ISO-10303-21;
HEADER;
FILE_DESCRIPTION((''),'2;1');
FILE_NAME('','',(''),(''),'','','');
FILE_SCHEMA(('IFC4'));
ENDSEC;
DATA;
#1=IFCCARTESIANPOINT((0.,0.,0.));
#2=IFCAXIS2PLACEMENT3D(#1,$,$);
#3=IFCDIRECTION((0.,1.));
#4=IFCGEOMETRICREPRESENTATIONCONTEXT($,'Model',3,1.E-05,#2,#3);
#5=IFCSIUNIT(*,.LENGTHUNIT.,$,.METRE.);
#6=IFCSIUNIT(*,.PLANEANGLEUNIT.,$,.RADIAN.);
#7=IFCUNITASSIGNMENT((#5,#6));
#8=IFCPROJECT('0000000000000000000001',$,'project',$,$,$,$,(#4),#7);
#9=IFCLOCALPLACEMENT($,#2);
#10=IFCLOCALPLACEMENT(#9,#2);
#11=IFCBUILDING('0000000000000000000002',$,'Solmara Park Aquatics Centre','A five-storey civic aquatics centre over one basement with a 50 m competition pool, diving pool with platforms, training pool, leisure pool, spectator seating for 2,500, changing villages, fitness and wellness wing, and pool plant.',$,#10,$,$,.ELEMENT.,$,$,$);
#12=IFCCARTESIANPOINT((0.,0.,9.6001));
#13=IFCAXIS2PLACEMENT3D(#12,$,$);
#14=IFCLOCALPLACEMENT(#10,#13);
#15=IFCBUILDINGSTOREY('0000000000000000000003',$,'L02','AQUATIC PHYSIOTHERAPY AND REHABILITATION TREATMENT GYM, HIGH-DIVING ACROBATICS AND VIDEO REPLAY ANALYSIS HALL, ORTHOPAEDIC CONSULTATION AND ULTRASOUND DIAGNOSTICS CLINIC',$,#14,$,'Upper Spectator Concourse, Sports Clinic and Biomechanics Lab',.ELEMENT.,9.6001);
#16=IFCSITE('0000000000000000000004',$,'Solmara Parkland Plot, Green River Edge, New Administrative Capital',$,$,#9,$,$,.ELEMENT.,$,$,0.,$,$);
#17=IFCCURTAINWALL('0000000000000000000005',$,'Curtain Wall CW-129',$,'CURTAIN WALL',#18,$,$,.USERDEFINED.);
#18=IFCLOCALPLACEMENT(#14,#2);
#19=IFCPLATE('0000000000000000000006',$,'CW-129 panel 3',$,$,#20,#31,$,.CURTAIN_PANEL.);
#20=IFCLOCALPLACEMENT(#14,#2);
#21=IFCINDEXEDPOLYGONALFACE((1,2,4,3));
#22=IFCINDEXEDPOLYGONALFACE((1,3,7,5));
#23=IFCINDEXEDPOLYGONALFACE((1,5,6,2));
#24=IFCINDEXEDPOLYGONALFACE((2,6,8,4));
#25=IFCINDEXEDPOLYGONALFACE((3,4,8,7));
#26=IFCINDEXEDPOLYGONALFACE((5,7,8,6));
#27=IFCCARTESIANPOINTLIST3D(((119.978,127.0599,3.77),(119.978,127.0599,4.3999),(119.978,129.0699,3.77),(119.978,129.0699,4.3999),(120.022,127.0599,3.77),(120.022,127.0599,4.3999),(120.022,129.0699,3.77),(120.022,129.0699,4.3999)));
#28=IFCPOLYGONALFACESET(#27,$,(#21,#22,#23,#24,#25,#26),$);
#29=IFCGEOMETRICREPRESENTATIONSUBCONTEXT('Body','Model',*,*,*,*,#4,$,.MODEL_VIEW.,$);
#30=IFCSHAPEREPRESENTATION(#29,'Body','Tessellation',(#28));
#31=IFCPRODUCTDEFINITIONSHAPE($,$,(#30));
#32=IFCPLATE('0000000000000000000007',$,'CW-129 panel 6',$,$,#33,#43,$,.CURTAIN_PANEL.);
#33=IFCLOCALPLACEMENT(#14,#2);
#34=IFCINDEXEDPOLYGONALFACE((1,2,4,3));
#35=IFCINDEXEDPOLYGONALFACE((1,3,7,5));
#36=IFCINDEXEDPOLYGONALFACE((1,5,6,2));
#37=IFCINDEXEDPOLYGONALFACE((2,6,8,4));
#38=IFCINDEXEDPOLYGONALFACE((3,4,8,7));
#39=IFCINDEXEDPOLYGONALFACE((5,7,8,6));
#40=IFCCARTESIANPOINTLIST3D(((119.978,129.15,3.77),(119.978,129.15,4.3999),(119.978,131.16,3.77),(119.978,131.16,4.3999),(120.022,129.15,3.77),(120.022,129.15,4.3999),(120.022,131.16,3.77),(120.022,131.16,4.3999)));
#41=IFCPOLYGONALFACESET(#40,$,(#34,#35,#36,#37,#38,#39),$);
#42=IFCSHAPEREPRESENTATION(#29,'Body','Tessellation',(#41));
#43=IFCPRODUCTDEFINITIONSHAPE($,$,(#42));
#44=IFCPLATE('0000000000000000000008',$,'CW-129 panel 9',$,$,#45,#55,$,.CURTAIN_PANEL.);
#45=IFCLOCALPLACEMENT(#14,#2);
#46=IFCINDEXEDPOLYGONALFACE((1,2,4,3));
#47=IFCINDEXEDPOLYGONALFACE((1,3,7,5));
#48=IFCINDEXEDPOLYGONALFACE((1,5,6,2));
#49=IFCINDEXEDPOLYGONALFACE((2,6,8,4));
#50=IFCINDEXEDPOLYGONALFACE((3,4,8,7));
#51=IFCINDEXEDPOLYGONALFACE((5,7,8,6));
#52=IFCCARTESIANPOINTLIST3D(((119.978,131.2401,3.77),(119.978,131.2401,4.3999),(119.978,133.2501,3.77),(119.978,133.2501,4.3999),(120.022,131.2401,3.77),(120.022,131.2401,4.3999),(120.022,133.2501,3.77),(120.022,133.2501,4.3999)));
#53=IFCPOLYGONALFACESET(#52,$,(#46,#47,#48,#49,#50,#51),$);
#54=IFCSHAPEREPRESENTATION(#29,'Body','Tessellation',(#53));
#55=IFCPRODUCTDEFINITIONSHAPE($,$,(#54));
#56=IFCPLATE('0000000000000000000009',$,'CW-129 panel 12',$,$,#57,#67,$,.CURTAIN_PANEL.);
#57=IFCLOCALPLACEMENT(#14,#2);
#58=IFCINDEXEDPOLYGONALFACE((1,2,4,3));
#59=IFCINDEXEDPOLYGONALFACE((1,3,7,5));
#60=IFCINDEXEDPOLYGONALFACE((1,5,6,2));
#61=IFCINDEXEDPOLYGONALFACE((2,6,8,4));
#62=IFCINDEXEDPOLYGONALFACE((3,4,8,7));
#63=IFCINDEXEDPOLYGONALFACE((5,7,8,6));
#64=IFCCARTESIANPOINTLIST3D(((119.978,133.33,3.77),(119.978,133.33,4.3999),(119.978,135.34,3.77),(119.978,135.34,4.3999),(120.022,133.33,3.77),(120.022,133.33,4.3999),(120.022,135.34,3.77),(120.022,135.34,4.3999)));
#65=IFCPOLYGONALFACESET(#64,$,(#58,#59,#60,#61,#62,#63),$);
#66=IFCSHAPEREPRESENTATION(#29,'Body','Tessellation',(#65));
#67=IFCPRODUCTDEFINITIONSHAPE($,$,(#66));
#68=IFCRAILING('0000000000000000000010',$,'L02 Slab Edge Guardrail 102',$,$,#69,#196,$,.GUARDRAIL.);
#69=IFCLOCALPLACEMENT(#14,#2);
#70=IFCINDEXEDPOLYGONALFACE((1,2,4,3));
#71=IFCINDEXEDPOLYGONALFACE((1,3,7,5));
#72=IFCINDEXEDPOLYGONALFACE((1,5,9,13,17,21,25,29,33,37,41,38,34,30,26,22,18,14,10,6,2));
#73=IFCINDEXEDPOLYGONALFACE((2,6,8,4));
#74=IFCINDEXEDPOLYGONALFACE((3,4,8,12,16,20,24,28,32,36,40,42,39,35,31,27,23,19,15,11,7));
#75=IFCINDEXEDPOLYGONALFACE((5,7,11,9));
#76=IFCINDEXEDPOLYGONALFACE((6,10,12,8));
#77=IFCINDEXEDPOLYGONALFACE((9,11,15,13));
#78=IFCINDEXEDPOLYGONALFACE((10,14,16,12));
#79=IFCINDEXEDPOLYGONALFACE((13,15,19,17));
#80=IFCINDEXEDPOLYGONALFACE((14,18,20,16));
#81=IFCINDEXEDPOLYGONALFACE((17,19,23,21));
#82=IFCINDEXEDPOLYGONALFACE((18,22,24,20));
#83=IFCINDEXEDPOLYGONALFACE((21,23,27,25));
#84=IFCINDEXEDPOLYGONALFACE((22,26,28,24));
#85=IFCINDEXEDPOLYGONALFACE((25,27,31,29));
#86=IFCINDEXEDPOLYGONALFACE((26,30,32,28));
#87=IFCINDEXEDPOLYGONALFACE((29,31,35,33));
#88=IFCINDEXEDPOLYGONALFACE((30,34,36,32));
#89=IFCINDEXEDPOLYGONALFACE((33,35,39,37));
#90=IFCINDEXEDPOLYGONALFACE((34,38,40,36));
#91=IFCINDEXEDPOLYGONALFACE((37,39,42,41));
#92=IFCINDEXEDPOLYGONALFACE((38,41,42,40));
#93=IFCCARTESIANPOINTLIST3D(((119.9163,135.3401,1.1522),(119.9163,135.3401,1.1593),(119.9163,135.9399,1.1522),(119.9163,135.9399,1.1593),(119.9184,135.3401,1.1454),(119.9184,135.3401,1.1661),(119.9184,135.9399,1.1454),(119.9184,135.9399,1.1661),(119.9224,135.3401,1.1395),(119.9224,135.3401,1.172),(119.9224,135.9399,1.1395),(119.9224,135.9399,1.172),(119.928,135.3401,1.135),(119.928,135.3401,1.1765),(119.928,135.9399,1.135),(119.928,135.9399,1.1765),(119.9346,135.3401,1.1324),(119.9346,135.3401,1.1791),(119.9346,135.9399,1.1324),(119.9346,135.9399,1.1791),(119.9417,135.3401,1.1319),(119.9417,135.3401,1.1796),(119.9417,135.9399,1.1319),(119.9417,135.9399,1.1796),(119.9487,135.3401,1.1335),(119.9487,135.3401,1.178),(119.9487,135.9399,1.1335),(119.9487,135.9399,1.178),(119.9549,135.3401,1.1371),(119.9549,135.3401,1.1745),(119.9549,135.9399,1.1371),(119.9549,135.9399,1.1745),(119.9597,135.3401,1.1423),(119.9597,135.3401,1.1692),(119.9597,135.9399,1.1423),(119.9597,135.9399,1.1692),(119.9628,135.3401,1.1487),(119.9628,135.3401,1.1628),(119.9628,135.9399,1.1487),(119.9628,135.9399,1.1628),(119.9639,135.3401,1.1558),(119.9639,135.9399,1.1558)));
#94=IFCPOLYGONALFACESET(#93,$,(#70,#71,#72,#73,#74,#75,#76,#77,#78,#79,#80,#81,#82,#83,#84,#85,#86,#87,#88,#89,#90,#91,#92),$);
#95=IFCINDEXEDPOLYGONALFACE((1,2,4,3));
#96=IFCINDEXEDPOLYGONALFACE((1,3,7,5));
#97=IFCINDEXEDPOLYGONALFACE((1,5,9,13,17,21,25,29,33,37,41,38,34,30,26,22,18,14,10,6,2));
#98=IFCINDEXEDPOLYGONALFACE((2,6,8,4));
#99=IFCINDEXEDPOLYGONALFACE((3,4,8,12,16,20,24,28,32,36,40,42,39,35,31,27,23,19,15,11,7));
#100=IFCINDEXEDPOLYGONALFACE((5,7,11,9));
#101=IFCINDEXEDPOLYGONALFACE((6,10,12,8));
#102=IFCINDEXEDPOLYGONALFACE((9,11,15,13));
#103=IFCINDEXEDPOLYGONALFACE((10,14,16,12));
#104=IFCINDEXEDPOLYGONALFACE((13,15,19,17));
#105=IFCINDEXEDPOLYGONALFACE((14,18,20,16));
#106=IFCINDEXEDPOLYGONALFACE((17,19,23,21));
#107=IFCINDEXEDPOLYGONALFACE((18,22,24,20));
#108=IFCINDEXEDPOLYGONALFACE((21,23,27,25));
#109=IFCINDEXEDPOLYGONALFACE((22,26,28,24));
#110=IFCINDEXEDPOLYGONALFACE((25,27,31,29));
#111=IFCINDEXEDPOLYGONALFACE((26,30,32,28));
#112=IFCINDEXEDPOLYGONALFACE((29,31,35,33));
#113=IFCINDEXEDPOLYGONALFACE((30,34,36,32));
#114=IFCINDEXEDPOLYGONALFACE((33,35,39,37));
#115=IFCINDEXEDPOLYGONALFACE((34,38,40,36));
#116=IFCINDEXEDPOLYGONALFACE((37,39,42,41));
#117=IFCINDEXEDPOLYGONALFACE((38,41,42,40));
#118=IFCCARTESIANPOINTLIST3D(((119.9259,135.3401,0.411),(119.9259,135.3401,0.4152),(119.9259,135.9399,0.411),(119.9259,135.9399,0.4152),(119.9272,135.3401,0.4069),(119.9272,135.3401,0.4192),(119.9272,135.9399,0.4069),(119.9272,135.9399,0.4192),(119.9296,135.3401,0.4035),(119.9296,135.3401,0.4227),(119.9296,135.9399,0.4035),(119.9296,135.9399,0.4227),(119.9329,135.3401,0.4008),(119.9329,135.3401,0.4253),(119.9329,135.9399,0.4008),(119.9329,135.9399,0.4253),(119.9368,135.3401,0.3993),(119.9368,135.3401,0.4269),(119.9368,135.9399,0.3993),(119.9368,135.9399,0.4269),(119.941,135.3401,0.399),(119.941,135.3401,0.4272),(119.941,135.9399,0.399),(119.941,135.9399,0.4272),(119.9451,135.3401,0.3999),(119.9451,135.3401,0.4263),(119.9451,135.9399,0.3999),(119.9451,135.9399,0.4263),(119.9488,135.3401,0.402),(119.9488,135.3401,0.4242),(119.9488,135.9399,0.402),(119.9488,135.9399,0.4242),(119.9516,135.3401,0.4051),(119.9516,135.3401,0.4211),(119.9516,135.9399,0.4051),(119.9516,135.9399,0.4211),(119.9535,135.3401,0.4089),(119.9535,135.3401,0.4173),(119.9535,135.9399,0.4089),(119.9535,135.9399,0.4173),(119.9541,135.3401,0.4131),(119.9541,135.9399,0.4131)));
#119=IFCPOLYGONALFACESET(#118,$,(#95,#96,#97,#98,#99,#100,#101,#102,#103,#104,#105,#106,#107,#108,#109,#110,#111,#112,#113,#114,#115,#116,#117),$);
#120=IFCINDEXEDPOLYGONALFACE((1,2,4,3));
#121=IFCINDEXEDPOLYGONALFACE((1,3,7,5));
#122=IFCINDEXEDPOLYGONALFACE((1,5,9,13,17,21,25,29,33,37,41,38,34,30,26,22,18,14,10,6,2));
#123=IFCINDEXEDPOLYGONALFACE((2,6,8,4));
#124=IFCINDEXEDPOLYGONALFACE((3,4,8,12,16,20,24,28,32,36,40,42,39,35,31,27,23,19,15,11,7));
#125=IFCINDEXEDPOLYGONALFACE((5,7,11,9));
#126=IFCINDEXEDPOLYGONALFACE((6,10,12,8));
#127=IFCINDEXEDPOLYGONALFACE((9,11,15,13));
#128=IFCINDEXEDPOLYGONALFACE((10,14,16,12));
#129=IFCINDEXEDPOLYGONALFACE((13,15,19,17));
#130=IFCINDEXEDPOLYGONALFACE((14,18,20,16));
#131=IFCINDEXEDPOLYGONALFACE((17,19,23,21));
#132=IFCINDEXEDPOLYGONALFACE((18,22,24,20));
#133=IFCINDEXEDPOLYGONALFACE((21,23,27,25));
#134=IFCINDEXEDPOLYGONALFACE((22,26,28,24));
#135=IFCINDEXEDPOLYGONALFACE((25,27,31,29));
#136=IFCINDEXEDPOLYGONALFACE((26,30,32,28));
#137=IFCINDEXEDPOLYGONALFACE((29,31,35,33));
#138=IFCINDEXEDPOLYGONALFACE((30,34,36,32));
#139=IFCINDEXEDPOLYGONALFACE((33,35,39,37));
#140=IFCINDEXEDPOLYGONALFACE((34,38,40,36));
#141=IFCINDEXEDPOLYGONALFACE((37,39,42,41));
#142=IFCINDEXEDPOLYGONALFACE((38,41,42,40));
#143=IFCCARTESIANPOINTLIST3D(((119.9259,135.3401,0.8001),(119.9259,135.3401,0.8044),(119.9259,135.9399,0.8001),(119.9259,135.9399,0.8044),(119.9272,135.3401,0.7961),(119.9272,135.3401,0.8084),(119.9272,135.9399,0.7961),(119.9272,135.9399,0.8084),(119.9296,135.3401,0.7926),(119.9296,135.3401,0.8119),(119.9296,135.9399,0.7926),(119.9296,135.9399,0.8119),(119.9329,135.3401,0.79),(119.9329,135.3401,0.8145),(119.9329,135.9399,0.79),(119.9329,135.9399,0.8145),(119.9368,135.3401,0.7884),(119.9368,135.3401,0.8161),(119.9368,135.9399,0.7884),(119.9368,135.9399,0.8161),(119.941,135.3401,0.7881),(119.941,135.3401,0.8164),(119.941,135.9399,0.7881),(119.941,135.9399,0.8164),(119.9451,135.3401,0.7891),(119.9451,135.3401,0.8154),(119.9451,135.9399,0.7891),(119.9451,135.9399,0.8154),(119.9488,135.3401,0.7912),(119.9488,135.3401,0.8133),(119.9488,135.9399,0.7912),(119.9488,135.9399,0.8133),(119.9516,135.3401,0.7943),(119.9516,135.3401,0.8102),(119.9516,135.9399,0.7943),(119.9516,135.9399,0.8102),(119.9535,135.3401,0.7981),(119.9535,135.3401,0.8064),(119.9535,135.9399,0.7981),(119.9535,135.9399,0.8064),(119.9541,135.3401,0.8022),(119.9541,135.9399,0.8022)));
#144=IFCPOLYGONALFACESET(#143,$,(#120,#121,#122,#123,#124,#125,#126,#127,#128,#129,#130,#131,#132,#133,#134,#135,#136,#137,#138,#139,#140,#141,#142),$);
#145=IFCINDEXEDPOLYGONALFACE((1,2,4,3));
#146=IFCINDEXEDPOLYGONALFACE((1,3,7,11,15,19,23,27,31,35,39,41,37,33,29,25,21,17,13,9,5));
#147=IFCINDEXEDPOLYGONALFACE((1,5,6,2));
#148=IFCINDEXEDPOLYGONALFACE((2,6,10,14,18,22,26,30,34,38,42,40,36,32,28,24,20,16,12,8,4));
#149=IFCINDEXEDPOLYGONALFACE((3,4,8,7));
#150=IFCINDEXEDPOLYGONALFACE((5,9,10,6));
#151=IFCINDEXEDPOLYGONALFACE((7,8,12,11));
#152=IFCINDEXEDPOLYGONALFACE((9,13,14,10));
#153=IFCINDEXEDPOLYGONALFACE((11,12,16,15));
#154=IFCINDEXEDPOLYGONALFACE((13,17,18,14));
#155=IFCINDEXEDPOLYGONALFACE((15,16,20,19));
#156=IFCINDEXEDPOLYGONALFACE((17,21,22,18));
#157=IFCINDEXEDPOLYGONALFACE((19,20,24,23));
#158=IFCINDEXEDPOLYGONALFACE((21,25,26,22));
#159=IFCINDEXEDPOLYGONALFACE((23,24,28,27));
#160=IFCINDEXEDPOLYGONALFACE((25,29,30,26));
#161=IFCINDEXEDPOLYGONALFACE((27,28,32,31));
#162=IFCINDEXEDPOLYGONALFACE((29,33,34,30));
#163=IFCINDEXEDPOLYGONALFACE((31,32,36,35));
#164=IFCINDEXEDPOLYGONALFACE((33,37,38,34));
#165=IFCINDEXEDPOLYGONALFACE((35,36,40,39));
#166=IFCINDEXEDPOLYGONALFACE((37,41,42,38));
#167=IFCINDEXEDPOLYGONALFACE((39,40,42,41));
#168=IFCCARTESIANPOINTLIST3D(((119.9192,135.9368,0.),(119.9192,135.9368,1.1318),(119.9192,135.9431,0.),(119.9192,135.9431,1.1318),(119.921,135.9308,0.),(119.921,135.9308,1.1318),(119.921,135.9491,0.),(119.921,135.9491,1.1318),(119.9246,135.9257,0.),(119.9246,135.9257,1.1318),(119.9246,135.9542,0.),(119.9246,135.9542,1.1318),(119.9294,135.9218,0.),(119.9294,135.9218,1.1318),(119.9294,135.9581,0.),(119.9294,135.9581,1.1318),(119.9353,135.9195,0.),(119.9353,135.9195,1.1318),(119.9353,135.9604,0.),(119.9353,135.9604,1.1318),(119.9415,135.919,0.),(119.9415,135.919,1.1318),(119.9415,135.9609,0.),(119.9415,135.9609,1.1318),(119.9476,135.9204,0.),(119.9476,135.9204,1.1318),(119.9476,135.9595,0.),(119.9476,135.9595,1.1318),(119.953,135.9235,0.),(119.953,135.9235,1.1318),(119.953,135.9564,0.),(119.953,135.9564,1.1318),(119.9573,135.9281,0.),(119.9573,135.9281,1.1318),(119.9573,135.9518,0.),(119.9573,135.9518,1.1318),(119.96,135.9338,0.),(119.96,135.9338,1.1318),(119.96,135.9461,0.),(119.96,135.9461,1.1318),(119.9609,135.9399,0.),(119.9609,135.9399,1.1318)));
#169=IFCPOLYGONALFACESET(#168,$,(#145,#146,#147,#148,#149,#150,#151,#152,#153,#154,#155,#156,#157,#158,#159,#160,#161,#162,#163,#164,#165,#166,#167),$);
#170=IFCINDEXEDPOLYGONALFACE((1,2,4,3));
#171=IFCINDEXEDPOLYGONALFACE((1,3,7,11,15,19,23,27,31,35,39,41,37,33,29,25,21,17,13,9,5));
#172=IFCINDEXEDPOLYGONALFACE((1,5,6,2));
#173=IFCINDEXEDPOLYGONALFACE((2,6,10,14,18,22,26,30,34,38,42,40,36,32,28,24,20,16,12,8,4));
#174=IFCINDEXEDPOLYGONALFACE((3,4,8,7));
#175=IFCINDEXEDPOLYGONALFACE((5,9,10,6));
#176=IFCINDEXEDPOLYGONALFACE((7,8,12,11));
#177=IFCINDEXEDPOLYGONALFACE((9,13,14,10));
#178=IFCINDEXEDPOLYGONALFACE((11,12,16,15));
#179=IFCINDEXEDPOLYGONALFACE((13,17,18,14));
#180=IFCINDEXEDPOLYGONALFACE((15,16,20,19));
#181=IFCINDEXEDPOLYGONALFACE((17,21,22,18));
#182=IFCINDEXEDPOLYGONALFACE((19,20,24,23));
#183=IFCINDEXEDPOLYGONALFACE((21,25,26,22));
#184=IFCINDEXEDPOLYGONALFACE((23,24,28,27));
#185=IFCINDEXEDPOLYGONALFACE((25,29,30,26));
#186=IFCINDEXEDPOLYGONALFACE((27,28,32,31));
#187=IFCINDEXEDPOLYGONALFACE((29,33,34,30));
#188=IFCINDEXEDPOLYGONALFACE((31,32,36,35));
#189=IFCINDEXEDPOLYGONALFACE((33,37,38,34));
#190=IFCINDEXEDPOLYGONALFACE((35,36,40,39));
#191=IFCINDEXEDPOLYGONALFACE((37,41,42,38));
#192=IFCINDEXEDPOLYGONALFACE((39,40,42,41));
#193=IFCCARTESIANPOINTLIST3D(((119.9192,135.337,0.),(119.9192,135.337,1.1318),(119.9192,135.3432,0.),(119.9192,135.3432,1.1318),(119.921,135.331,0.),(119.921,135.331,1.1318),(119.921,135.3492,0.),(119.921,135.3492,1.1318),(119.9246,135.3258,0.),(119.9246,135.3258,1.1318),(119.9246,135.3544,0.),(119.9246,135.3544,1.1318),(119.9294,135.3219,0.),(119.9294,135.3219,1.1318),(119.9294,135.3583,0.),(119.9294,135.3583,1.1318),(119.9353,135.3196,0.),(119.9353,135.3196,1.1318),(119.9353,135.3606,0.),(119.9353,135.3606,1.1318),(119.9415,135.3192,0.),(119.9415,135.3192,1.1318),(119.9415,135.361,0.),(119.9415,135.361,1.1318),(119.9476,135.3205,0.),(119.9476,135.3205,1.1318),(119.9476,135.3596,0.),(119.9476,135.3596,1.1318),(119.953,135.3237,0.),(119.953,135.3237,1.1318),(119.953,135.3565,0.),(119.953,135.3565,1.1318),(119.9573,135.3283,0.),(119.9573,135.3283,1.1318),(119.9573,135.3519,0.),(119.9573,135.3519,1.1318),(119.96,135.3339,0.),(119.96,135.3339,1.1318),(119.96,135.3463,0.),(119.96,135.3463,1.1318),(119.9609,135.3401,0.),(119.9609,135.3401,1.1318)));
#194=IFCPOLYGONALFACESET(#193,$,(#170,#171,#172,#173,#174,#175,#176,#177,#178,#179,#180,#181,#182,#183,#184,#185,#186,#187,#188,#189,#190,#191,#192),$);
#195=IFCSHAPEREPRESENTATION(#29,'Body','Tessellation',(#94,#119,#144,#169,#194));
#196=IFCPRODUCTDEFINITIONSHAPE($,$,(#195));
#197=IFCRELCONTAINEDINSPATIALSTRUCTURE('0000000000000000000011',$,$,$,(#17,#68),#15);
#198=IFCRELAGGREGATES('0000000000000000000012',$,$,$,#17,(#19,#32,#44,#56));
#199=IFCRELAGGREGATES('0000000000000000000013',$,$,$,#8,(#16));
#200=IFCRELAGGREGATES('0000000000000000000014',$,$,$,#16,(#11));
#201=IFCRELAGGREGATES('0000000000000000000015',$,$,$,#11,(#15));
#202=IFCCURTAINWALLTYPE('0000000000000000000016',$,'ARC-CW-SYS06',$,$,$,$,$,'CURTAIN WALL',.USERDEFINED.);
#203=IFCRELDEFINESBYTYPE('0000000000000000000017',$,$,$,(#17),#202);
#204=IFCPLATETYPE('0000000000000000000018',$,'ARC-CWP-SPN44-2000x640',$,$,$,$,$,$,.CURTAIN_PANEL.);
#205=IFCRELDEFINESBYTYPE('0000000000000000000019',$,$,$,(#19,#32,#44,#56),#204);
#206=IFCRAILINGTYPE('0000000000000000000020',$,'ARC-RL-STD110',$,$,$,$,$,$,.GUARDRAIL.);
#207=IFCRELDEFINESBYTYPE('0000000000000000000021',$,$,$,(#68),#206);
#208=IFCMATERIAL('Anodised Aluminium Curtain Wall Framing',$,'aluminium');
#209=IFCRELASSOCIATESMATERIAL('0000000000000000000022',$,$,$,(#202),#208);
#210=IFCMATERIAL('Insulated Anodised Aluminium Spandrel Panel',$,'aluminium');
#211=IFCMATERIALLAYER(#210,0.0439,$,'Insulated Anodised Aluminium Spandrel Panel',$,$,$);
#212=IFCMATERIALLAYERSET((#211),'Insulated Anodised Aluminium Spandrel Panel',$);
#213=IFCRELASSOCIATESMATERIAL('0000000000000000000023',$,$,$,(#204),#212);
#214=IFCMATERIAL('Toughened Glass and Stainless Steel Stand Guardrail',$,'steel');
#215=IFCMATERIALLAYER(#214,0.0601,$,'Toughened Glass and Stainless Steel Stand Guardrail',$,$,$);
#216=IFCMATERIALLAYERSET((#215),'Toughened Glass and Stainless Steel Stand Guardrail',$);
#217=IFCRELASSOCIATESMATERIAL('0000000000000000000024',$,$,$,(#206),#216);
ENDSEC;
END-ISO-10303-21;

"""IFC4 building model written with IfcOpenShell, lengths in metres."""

from ifc_helpers import new_model, si_unit, direction, frame, origin, origin_2d, place, context, subcontext, project, spatial, rectangle, circle, extrude, material, layer, layer_set, type_object, element, aggregate, save


model = new_model("IFC4")

# Units and contexts
model_context = context("Model", 3, precision=1e-05, world=origin(), true_north=direction((0.0, 1.0)))
body_context = subcontext(model_context, "Body", "Model", "MODEL_VIEW")
ifc_project = project(units=[si_unit("LENGTHUNIT", "METRE"), si_unit("PLANEANGLEUNIT", "RADIAN")], contexts=[model_context])

# Site, building, storey
site_placement = place(None, origin())
site = spatial("IfcSite", under=ifc_project, at=site_placement, Name="Solmara Parkland Plot, Green River Edge, New Administrative Capital", CompositionType="ELEMENT", RefElevation=0.0)
building_placement = place(site_placement, origin())
building = spatial("IfcBuilding", under=site, at=building_placement, Name="Solmara Park Aquatics Centre", Description="A five-storey civic aquatics centre over one basement with a 50 m competition pool, diving pool with platforms, training pool, leisure pool, spectator seating for 2,500, changing villages, fitness and wellness wing, and pool plant.", CompositionType="ELEMENT")
storey_placement = place(building_placement, frame((0.0, 0.0, 9.6001)))
storey = spatial("IfcBuildingStorey", under=building, at=storey_placement, Name="L02", Description="AQUATIC PHYSIOTHERAPY AND REHABILITATION TREATMENT GYM, HIGH-DIVING ACROBATICS AND VIDEO REPLAY ANALYSIS HALL, ORTHOPAEDIC CONSULTATION AND ULTRASOUND DIAGNOSTICS CLINIC", LongName="Upper Spectator Concourse, Sports Clinic and Biomechanics Lab", CompositionType="ELEMENT", Elevation=9.6001)

# Curtain wall, plates
ifc_material_1 = material(Name="Anodised Aluminium Curtain Wall Framing", Category="aluminium")
curtain_wall_type = type_object("IfcCurtainWallType", Name="ARC-CW-SYS06", ElementType="CURTAIN WALL", PredefinedType="USERDEFINED", material=ifc_material_1)
curtain_wall_placement = place(storey_placement, origin())
curtain_wall = element("IfcCurtainWall", 1, at=curtain_wall_placement, inside=storey, type_object=curtain_wall_type, Name="Curtain Wall CW-129", ObjectType="CURTAIN WALL", PredefinedType="USERDEFINED")
ifc_material_2 = material(Name="Insulated Anodised Aluminium Spandrel Panel", Category="aluminium")
ifc_layer_1 = layer(ifc_material_2, 0.0439, Name="Insulated Anodised Aluminium Spandrel Panel")
ifc_layer_set_1 = layer_set([ifc_layer_1], Name="Insulated Anodised Aluminium Spandrel Panel")
plate_type_1 = type_object("IfcPlateType", Name="ARC-CWP-SPN44-2000x640", PredefinedType="CURTAIN_PANEL", material=ifc_layer_set_1)
plate_1_placement = place(storey_placement, frame((120.0, 128.0649, 3.77), z_axis=(0.0, 0.0, 1.0), x_axis=(0.0, 1.0, 0.0)))
plate_1 = element("IfcPlate", 2, at=plate_1_placement, type_object=plate_type_1, Name="CW-129 panel 3", PredefinedType="CURTAIN_PANEL", context=body_context, shape_type="SweptSolid", body=[
    extrude(rectangle(XDim=2.01, YDim=0.0439, at=origin_2d()), origin(), (0.0, 0.0, 1.0), 0.6299),
])
plate_2_placement = place(storey_placement, frame((120.0, 130.155, 3.77), z_axis=(0.0, 0.0, 1.0), x_axis=(0.0, 1.0, 0.0)))
plate_2 = element("IfcPlate", 3, at=plate_2_placement, type_object=plate_type_1, Name="CW-129 panel 6", PredefinedType="CURTAIN_PANEL", context=body_context, shape_type="SweptSolid", body=[
    extrude(rectangle(XDim=2.01, YDim=0.0439, at=origin_2d()), origin(), (0.0, 0.0, 1.0), 0.6299),
])
plate_3_placement = place(storey_placement, frame((120.0, 132.2451, 3.77), z_axis=(0.0, 0.0, 1.0), x_axis=(0.0, 1.0, 0.0)))
plate_3 = element("IfcPlate", 4, at=plate_3_placement, type_object=plate_type_1, Name="CW-129 panel 9", PredefinedType="CURTAIN_PANEL", context=body_context, shape_type="SweptSolid", body=[
    extrude(rectangle(XDim=2.01, YDim=0.0439, at=origin_2d()), origin(), (0.0, 0.0, 1.0), 0.6299),
])
plate_4_placement = place(storey_placement, frame((120.0, 134.335, 3.77), z_axis=(0.0, 0.0, 1.0), x_axis=(0.0, 1.0, 0.0)))
plate_4 = element("IfcPlate", 5, at=plate_4_placement, type_object=plate_type_1, Name="CW-129 panel 12", PredefinedType="CURTAIN_PANEL", context=body_context, shape_type="SweptSolid", body=[
    extrude(rectangle(XDim=2.01, YDim=0.0439, at=origin_2d()), origin(), (0.0, 0.0, 1.0), 0.6299),
])
aggregate(curtain_wall, [plate_1, plate_2, plate_3, plate_4])

# Railing
ifc_material_3 = material(Name="Toughened Glass and Stainless Steel Stand Guardrail", Category="steel")
ifc_layer_2 = layer(ifc_material_3, 0.0601, Name="Toughened Glass and Stainless Steel Stand Guardrail")
ifc_layer_set_2 = layer_set([ifc_layer_2], Name="Toughened Glass and Stainless Steel Stand Guardrail")
railing_type = type_object("IfcRailingType", Name="ARC-RL-STD110", PredefinedType="GUARDRAIL", material=ifc_layer_set_2)
railing_placement = place(storey_placement, frame((119.9399, 135.9399, 0.0)))
element("IfcRailing", 6, at=railing_placement, inside=storey, type_object=railing_type, Name="L02 Slab Edge Guardrail 102", PredefinedType="GUARDRAIL", context=body_context, shape_type="SweptSolid", body=[
    extrude(circle(Radius=0.0239, at=origin_2d()), frame((0.0, 0.0, 1.1558), z_axis=(0.0, -1.0, 0.0), x_axis=(1.0, 0.0, 0.0)), (0.0, 0.0, 1.0), 0.5999),
    extrude(circle(Radius=0.0142, at=origin_2d()), frame((0.0, 0.0, 0.4131), z_axis=(0.0, -1.0, 0.0), x_axis=(1.0, 0.0, 0.0)), (0.0, 0.0, 1.0), 0.5999),
    extrude(circle(Radius=0.0142, at=origin_2d()), frame((0.0, 0.0, 0.8022), z_axis=(0.0, -1.0, 0.0), x_axis=(1.0, 0.0, 0.0)), (0.0, 0.0, 1.0), 0.5999),
    extrude(circle(Radius=0.021, at=origin_2d()), origin(), (0.0, 0.0, 1.0), 1.1318),
    extrude(circle(Radius=0.021, at=origin_2d()), frame((0.0, -0.5999, 0.0)), (0.0, 0.0, 1.0), 1.1318),
])

save(model, "model.ifc")
